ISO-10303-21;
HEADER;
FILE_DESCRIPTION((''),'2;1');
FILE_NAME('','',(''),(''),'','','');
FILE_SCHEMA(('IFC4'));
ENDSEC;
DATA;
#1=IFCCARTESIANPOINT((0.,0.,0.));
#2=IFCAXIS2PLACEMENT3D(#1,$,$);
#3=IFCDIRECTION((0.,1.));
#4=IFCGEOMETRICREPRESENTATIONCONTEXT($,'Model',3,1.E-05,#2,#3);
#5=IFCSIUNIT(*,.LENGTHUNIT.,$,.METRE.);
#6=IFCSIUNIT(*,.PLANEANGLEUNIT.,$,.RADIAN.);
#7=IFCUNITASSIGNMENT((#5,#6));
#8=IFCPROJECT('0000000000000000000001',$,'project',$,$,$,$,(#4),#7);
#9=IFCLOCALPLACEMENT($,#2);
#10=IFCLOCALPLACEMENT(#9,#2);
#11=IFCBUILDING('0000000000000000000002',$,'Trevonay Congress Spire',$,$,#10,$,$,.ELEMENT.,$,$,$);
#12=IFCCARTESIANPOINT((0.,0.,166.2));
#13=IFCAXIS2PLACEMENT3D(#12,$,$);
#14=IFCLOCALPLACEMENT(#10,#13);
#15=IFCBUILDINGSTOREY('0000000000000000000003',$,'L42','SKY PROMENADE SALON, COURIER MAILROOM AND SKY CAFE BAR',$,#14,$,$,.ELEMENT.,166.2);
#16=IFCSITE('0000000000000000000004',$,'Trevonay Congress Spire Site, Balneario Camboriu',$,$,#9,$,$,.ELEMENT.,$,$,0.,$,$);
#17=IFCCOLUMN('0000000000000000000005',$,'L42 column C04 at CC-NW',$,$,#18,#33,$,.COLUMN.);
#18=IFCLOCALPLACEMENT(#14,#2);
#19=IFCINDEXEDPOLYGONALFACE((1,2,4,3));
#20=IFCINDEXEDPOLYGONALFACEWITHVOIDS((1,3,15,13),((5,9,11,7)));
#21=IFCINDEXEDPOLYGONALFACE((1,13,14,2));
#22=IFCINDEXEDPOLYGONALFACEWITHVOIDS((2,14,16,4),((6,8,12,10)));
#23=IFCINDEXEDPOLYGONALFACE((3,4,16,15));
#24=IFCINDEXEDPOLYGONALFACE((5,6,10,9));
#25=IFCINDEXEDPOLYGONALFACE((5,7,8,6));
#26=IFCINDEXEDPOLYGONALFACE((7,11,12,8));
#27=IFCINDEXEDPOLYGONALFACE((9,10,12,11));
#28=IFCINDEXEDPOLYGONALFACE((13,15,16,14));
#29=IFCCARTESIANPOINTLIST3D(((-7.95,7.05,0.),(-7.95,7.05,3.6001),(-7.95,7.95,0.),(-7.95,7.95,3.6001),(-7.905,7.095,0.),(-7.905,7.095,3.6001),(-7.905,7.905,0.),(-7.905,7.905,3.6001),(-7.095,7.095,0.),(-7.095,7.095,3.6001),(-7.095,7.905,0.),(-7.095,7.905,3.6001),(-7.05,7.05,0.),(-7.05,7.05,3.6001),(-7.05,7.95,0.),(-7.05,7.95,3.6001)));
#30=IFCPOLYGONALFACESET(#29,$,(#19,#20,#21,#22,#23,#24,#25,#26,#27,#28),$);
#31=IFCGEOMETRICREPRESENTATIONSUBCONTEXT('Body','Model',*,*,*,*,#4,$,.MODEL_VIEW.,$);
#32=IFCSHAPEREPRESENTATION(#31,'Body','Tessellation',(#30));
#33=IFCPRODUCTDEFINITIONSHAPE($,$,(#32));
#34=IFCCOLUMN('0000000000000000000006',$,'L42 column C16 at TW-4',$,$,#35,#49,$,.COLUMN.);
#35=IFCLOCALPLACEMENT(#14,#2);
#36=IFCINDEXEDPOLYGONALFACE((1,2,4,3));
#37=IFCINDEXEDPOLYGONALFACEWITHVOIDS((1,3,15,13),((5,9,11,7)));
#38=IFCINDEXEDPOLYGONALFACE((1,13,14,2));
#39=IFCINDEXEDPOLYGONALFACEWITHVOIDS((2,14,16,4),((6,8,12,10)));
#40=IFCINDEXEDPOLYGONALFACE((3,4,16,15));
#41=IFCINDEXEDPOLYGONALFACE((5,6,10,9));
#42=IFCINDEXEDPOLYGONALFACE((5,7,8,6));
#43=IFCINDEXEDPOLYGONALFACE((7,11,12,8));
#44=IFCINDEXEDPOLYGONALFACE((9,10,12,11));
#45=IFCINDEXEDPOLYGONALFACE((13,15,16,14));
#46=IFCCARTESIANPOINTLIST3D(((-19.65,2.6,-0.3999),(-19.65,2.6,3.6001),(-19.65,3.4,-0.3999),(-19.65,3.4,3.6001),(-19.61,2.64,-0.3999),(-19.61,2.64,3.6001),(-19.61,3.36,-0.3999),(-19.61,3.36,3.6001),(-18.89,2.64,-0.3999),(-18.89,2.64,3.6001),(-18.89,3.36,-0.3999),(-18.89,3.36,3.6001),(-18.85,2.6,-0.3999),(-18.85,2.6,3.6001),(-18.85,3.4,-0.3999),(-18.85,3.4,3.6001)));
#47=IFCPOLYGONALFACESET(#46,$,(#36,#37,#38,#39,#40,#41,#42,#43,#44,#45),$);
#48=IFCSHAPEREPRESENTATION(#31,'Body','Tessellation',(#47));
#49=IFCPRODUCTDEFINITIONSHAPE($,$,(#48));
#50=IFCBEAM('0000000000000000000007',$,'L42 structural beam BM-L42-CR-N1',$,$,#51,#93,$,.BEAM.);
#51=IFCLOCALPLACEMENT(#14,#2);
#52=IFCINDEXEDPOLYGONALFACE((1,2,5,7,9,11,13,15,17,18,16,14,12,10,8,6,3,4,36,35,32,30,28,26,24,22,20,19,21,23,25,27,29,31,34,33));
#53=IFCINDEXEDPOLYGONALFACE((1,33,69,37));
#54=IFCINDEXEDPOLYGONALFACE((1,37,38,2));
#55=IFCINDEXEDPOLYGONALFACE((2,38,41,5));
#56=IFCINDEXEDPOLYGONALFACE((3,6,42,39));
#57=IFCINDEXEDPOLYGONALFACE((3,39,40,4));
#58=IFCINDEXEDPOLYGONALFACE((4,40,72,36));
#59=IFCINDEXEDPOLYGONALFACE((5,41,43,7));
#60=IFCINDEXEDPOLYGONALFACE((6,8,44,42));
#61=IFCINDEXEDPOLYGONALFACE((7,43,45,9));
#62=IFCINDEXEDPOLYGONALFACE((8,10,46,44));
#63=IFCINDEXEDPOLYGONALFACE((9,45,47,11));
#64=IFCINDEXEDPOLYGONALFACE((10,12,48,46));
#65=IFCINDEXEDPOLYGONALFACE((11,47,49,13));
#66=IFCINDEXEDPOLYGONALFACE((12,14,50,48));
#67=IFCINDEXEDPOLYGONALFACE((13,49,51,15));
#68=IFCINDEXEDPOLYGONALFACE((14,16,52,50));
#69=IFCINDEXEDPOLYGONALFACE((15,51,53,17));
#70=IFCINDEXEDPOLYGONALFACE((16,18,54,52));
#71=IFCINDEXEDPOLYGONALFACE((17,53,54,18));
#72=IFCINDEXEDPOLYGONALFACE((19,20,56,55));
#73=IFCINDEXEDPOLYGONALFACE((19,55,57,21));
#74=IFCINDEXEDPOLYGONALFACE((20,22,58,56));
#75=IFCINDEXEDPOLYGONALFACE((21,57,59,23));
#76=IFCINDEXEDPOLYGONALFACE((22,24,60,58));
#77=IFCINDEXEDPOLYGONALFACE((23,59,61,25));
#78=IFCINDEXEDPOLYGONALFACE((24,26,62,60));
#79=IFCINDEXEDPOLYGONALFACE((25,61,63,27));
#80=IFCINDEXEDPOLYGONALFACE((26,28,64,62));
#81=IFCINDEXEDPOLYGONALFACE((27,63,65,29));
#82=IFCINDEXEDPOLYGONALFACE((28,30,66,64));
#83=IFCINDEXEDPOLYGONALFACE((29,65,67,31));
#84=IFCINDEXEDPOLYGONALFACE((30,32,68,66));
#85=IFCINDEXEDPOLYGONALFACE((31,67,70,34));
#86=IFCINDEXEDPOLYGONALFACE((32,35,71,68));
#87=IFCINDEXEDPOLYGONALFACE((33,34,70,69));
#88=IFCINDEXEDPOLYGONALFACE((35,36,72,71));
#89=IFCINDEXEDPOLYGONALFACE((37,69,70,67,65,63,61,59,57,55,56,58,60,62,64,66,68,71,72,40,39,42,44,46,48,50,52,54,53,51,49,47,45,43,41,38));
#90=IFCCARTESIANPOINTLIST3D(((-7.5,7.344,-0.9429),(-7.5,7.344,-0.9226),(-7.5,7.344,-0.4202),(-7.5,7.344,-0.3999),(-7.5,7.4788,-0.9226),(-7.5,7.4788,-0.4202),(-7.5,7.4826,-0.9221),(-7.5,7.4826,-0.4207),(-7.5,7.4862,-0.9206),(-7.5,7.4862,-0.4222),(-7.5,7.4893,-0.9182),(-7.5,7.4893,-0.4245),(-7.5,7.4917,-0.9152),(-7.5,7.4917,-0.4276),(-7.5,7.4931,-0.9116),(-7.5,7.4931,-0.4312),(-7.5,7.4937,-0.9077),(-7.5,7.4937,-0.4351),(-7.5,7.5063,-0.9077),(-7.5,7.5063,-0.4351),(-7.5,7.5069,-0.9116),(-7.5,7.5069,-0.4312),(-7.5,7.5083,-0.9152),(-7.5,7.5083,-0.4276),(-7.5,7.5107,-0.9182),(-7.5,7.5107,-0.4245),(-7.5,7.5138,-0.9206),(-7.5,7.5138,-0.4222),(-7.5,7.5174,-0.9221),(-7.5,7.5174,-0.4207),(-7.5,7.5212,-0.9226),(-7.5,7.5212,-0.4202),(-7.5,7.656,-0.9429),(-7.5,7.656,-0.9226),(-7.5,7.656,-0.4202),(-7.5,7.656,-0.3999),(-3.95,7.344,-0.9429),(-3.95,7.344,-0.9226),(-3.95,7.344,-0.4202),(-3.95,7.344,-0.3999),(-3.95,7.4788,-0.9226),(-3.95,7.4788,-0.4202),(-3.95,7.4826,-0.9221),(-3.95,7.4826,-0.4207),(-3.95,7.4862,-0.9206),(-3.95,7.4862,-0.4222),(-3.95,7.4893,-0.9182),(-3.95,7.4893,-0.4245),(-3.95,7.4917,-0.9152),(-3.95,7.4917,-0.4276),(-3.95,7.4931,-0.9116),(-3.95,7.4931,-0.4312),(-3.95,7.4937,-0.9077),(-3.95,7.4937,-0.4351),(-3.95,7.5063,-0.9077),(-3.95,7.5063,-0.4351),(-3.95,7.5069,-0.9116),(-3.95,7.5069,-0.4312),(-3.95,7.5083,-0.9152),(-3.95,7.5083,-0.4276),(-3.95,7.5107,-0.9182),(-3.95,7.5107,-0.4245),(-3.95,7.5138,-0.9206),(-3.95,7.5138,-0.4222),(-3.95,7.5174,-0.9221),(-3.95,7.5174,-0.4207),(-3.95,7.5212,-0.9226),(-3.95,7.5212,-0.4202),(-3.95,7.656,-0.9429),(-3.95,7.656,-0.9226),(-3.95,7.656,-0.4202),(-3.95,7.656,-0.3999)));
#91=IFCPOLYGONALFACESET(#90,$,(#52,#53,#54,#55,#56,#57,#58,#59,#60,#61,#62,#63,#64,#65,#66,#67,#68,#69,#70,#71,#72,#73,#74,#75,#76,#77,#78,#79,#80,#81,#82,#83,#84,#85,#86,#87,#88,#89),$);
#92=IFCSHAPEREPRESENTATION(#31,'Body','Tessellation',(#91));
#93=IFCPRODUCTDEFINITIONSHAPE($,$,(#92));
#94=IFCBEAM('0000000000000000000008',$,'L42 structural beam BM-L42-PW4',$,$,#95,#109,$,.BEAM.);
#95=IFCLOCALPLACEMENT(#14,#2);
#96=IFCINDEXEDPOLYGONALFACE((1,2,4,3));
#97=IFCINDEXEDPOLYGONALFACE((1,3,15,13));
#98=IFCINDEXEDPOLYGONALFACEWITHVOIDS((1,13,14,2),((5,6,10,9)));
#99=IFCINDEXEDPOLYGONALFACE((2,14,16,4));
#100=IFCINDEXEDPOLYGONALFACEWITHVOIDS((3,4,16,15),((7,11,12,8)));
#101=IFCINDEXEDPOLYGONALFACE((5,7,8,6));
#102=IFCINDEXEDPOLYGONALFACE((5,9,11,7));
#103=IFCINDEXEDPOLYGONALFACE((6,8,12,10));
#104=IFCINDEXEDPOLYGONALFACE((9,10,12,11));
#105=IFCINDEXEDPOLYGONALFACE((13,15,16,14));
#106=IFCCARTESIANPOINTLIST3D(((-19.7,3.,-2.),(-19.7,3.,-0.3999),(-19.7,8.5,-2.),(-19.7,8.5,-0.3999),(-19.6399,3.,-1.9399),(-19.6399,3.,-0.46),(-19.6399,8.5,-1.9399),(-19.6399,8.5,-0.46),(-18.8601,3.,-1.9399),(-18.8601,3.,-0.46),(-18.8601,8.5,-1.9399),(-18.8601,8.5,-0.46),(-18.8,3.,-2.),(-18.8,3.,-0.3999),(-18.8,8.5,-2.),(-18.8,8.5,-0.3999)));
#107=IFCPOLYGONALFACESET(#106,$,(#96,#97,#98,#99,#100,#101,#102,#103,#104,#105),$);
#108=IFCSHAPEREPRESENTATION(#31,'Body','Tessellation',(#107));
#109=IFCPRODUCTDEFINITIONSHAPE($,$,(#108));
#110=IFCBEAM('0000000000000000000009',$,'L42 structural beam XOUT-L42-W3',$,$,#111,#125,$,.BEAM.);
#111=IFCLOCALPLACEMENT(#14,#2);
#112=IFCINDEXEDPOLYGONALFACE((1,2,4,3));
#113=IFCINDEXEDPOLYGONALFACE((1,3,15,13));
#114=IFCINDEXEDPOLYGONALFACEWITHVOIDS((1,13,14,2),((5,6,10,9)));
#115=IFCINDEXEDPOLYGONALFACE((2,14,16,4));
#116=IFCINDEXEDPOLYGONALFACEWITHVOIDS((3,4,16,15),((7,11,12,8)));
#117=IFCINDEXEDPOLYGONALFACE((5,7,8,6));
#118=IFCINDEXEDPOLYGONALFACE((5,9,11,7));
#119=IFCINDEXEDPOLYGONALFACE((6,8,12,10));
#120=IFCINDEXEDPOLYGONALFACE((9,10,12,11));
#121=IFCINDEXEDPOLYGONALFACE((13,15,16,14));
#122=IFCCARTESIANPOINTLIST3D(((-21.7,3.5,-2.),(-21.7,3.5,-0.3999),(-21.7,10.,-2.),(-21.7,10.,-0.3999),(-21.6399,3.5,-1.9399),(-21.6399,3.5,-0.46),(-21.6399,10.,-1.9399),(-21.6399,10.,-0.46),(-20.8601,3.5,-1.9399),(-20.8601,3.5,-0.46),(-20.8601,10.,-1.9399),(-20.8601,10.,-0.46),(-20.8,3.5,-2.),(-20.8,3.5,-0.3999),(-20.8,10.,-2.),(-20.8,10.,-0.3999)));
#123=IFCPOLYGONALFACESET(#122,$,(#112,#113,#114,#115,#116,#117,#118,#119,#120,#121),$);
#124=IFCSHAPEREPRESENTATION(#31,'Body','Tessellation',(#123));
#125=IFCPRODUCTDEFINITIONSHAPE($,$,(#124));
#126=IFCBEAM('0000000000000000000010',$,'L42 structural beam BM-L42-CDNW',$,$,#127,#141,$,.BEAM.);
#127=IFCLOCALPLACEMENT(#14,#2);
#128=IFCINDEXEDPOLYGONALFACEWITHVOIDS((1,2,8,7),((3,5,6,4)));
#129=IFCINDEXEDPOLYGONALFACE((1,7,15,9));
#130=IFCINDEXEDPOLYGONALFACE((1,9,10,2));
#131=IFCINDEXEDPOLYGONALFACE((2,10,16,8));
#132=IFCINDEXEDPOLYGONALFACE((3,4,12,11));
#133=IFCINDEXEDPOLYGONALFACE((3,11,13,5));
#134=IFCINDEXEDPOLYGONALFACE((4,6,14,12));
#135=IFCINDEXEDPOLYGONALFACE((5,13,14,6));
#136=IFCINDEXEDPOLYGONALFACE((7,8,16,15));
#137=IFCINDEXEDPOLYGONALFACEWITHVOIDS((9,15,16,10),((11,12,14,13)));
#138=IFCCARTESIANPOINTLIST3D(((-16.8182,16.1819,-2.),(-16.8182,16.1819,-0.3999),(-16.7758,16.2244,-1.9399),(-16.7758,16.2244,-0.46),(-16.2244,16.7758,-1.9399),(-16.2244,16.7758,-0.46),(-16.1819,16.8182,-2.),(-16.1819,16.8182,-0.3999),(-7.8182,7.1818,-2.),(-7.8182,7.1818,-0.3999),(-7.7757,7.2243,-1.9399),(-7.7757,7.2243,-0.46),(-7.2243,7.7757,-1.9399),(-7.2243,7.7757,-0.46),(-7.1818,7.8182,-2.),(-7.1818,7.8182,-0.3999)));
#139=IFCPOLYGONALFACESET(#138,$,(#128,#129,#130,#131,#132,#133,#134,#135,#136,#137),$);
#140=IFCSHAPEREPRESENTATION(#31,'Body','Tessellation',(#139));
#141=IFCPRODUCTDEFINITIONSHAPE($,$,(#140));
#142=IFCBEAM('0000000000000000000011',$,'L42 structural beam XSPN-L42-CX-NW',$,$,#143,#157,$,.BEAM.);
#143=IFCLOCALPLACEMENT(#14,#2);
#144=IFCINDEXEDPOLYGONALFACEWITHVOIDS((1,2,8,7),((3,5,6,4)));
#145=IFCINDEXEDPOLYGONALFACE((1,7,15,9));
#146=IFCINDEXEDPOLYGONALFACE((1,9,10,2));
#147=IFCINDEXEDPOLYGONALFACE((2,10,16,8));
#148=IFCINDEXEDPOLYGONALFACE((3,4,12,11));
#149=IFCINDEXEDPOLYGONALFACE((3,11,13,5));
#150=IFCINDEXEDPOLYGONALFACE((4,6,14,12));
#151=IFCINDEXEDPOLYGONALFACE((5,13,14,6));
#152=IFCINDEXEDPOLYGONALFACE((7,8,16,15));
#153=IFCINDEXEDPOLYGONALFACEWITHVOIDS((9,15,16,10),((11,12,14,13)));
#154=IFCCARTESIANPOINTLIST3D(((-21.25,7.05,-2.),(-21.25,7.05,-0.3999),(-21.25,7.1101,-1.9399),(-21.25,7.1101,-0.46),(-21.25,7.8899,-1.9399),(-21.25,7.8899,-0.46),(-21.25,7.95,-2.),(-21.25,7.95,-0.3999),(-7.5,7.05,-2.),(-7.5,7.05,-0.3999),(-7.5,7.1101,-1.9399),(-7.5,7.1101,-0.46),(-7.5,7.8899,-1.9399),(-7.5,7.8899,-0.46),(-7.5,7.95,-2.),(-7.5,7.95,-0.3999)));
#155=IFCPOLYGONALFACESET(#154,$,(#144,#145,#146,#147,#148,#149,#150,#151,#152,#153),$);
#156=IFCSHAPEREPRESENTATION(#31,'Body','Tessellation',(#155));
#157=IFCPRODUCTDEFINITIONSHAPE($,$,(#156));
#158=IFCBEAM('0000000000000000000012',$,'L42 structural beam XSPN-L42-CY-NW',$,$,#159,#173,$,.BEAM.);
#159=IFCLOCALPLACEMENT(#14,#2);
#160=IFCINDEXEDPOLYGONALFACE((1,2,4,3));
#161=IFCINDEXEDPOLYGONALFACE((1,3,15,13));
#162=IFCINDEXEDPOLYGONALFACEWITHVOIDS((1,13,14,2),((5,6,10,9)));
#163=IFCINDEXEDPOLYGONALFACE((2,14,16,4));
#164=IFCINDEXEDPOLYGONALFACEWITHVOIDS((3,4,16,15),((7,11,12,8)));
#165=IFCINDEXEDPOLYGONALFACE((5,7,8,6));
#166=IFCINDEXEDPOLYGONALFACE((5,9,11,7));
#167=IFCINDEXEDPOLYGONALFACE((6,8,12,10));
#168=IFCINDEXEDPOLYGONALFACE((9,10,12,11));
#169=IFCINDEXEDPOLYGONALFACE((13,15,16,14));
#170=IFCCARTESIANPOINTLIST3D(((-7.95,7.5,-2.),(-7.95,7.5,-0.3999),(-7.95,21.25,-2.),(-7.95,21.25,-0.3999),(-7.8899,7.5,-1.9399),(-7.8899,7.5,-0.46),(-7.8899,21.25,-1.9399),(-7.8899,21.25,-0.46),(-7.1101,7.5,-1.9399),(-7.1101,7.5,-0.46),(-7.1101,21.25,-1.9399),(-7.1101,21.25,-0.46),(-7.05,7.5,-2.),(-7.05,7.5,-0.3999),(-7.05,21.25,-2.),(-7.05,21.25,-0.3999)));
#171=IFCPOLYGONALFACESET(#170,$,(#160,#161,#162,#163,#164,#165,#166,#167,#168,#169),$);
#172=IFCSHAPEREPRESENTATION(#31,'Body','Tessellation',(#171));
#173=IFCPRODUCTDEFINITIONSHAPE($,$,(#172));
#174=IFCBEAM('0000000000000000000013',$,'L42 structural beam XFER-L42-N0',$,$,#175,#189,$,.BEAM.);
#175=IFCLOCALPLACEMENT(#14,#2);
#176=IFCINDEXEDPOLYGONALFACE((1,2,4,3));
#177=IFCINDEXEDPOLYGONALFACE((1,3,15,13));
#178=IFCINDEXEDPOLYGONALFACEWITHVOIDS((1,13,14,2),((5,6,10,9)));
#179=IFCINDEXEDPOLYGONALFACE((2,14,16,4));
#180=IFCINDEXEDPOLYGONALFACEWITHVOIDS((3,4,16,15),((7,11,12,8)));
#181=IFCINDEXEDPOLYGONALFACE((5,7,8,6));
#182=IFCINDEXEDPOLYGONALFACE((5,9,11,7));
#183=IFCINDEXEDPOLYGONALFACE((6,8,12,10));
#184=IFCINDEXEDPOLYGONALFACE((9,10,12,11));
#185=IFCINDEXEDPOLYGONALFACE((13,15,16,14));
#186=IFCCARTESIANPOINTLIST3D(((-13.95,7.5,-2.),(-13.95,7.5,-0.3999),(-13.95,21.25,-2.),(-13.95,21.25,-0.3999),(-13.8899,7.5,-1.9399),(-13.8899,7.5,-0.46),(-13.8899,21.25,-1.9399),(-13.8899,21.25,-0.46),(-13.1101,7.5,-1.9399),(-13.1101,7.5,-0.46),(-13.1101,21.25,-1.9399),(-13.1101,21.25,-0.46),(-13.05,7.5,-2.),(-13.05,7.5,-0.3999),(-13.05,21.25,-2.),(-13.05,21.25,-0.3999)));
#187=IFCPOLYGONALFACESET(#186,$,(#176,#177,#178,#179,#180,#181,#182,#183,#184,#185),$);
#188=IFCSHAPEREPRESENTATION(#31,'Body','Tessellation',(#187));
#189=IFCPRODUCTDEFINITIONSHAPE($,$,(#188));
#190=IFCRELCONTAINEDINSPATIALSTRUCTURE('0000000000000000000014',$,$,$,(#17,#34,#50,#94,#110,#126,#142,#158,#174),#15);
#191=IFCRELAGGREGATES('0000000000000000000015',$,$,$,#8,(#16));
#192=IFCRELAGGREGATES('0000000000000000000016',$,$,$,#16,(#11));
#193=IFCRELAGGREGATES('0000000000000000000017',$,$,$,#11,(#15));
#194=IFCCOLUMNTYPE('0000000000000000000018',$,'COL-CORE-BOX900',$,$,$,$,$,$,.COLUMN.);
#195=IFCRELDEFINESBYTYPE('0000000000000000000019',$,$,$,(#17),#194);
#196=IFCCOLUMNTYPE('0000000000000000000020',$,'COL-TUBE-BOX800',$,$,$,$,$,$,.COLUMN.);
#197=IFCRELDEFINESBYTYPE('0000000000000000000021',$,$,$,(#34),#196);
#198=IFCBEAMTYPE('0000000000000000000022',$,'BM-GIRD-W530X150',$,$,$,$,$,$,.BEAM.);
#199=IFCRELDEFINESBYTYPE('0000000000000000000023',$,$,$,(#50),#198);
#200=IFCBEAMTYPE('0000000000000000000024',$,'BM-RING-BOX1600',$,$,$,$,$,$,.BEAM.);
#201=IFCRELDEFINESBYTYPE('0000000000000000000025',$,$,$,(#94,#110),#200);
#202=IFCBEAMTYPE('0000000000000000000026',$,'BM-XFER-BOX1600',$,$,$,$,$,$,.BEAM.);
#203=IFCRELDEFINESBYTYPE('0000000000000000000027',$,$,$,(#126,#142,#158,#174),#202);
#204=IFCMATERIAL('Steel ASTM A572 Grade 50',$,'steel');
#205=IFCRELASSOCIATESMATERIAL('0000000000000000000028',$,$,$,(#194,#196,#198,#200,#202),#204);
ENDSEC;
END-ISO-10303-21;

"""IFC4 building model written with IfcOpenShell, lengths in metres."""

from ifc_helpers import new_model, si_unit, direction, frame, origin, origin_2d, place, context, subcontext, project, spatial, hollow_rectangle, i_section, extrude, material, material_profile, profile_set, type_object, element, save


model = new_model("IFC4")

# Units and contexts
model_context = context("Model", 3, precision=1e-05, world=origin(), true_north=direction((0.0, 1.0)))
body_context = subcontext(model_context, "Body", "Model", "MODEL_VIEW")
ifc_project = project(units=[si_unit("LENGTHUNIT", "METRE"), si_unit("PLANEANGLEUNIT", "RADIAN")], contexts=[model_context])

# Site, building, storey
site_placement = place(None, origin())
site = spatial("IfcSite", under=ifc_project, at=site_placement, Name="Trevonay Congress Spire Site, Balneario Camboriu", CompositionType="ELEMENT", RefElevation=0.0)
building_placement = place(site_placement, origin())
building = spatial("IfcBuilding", under=site, at=building_placement, Name="Trevonay Congress Spire", CompositionType="ELEMENT")
storey_placement = place(building_placement, frame((0.0, 0.0, 166.2)))
storey = spatial("IfcBuildingStorey", under=building, at=storey_placement, Name="L42", Description="SKY PROMENADE SALON, COURIER MAILROOM AND SKY CAFE BAR", CompositionType="ELEMENT", Elevation=166.2)

# Columns
ifc_material_1 = material(Name="Steel ASTM A572 Grade 50", Category="steel")
ifc_material_profile_1 = material_profile(ifc_material_1, hollow_rectangle(XDim=0.8999, YDim=0.8999, WallThickness=0.0449, at=origin_2d()), Name="BOX 900x900x45")
ifc_profile_set_1 = profile_set([ifc_material_profile_1], Name="Steel ASTM A572 Grade 50")
column_type_1 = type_object("IfcColumnType", Name="COL-CORE-BOX900", PredefinedType="COLUMN", material=ifc_profile_set_1)
column_1_placement = place(storey_placement, frame((-7.5, 7.5, 0.0), z_axis=(0.0, 0.0, 1.0), x_axis=(1.0, 0.0, 0.0)))
element("IfcColumn", 1, at=column_1_placement, inside=storey, type_object=column_type_1, Name="L42 column C04 at CC-NW", PredefinedType="COLUMN", context=body_context, shape_type="SweptSolid", body=[
    extrude(hollow_rectangle(XDim=0.8999, YDim=0.8999, WallThickness=0.0449, at=origin_2d()), origin(), (0.0, 0.0, 1.0), 3.6001),
])
ifc_material_profile_2 = material_profile(ifc_material_1, hollow_rectangle(XDim=0.8, YDim=0.8, WallThickness=0.04, at=origin_2d()), Name="BOX 800x800x40")
ifc_profile_set_2 = profile_set([ifc_material_profile_2], Name="Steel ASTM A572 Grade 50")
column_type_2 = type_object("IfcColumnType", Name="COL-TUBE-BOX800", PredefinedType="COLUMN", material=ifc_profile_set_2)
column_2_placement = place(storey_placement, frame((-19.25, 3.0, -0.3999), z_axis=(0.0, 0.0, 1.0), x_axis=(1.0, 0.0, 0.0)))
element("IfcColumn", 2, at=column_2_placement, inside=storey, type_object=column_type_2, Name="L42 column C16 at TW-4", PredefinedType="COLUMN", context=body_context, shape_type="SweptSolid", body=[
    extrude(hollow_rectangle(XDim=0.8, YDim=0.8, WallThickness=0.04, at=origin_2d()), origin(), (0.0, 0.0, 1.0), 4.0),
])

# Beams
ifc_material_profile_3 = material_profile(ifc_material_1, i_section(OverallWidth=0.312, OverallDepth=0.543, WebThickness=0.0127, FlangeThickness=0.0203, FilletRadius=0.0149, at=origin_2d()), Name="W530x150")
ifc_profile_set_3 = profile_set([ifc_material_profile_3], Name="Steel ASTM A572 Grade 50")
beam_type_1 = type_object("IfcBeamType", Name="BM-GIRD-W530X150", PredefinedType="BEAM", material=ifc_profile_set_3)
beam_1_placement = place(storey_placement, frame((-7.5, 7.5, -0.6714), z_axis=(1.0, 0.0, 0.0), x_axis=(0.0, 1.0, 0.0)))
element("IfcBeam", 3, at=beam_1_placement, inside=storey, type_object=beam_type_1, Name="L42 structural beam BM-L42-CR-N1", PredefinedType="BEAM", context=body_context, shape_type="SweptSolid", body=[
    extrude(i_section(OverallWidth=0.312, OverallDepth=0.543, WebThickness=0.0127, FlangeThickness=0.0203, FilletRadius=0.0149, at=origin_2d()), origin(), (0.0, 0.0, 1.0), 3.55),
])
ifc_material_profile_4 = material_profile(ifc_material_1, hollow_rectangle(XDim=0.8999, YDim=1.6001, WallThickness=0.0601, at=origin_2d()), Name="BOX 1600x900x60")
ifc_profile_set_4 = profile_set([ifc_material_profile_4], Name="Steel ASTM A572 Grade 50")
beam_type_2 = type_object("IfcBeamType", Name="BM-RING-BOX1600", PredefinedType="BEAM", material=ifc_profile_set_4)
beam_2_placement = place(storey_placement, frame((-19.25, 3.0, -1.2), z_axis=(0.0, 1.0, 0.0), x_axis=(-1.0, 0.0, 0.0)))
element("IfcBeam", 4, at=beam_2_placement, inside=storey, type_object=beam_type_2, Name="L42 structural beam BM-L42-PW4", PredefinedType="BEAM", context=body_context, shape_type="SweptSolid", body=[
    extrude(hollow_rectangle(XDim=0.8999, YDim=1.6001, WallThickness=0.0601, at=origin_2d()), origin(), (0.0, 0.0, 1.0), 5.5),
])
beam_3_placement = place(storey_placement, frame((-21.25, 3.5, -1.2), z_axis=(0.0, 1.0, 0.0), x_axis=(-1.0, 0.0, 0.0)))
element("IfcBeam", 5, at=beam_3_placement, inside=storey, type_object=beam_type_2, Name="L42 structural beam XOUT-L42-W3", PredefinedType="BEAM", context=body_context, shape_type="SweptSolid", body=[
    extrude(hollow_rectangle(XDim=0.8999, YDim=1.6001, WallThickness=0.0601, at=origin_2d()), origin(), (0.0, 0.0, 1.0), 6.5),
])
ifc_material_profile_5 = material_profile(ifc_material_1, hollow_rectangle(XDim=0.8999, YDim=1.6001, WallThickness=0.0601, at=origin_2d()), Name="BOX 1600x900x60")
ifc_profile_set_5 = profile_set([ifc_material_profile_5], Name="Steel ASTM A572 Grade 50")
beam_type_3 = type_object("IfcBeamType", Name="BM-XFER-BOX1600", PredefinedType="BEAM", material=ifc_profile_set_5)
beam_4_placement = place(storey_placement, frame((-7.5, 7.5, -1.2), z_axis=(-0.707107, 0.707107, 0.0), x_axis=(-0.707107, -0.707107, 0.0)))
element("IfcBeam", 6, at=beam_4_placement, inside=storey, type_object=beam_type_3, Name="L42 structural beam BM-L42-CDNW", PredefinedType="BEAM", context=body_context, shape_type="SweptSolid", body=[
    extrude(hollow_rectangle(XDim=0.8999, YDim=1.6001, WallThickness=0.0601, at=origin_2d()), origin(), (0.0, 0.0, 1.0), 12.728),
])
for number, where, z_axis, x_axis, name in (
    (7, (-7.5, 7.5, -1.2), (-1.0, 0.0, 0.0), (0.0, -1.0, 0.0), "L42 structural beam XSPN-L42-CX-NW"),
    (8, (-7.5, 7.5, -1.2), (0.0, 1.0, 0.0), (-1.0, 0.0, 0.0), "L42 structural beam XSPN-L42-CY-NW"),
    (9, (-13.5, 7.5, -1.2), (0.0, 1.0, 0.0), (-1.0, 0.0, 0.0), "L42 structural beam XFER-L42-N0"),
):
    element("IfcBeam", number, at=place(storey_placement, frame(where, z_axis=z_axis, x_axis=x_axis)), inside=storey, type_object=beam_type_3, Name=name, PredefinedType="BEAM", context=body_context, shape_type="SweptSolid", body=[
        extrude(hollow_rectangle(XDim=0.8999, YDim=1.6001, WallThickness=0.0601, at=origin_2d()), origin(), (0.0, 0.0, 1.0), 13.75),
    ])

save(model, "model.ifc")
